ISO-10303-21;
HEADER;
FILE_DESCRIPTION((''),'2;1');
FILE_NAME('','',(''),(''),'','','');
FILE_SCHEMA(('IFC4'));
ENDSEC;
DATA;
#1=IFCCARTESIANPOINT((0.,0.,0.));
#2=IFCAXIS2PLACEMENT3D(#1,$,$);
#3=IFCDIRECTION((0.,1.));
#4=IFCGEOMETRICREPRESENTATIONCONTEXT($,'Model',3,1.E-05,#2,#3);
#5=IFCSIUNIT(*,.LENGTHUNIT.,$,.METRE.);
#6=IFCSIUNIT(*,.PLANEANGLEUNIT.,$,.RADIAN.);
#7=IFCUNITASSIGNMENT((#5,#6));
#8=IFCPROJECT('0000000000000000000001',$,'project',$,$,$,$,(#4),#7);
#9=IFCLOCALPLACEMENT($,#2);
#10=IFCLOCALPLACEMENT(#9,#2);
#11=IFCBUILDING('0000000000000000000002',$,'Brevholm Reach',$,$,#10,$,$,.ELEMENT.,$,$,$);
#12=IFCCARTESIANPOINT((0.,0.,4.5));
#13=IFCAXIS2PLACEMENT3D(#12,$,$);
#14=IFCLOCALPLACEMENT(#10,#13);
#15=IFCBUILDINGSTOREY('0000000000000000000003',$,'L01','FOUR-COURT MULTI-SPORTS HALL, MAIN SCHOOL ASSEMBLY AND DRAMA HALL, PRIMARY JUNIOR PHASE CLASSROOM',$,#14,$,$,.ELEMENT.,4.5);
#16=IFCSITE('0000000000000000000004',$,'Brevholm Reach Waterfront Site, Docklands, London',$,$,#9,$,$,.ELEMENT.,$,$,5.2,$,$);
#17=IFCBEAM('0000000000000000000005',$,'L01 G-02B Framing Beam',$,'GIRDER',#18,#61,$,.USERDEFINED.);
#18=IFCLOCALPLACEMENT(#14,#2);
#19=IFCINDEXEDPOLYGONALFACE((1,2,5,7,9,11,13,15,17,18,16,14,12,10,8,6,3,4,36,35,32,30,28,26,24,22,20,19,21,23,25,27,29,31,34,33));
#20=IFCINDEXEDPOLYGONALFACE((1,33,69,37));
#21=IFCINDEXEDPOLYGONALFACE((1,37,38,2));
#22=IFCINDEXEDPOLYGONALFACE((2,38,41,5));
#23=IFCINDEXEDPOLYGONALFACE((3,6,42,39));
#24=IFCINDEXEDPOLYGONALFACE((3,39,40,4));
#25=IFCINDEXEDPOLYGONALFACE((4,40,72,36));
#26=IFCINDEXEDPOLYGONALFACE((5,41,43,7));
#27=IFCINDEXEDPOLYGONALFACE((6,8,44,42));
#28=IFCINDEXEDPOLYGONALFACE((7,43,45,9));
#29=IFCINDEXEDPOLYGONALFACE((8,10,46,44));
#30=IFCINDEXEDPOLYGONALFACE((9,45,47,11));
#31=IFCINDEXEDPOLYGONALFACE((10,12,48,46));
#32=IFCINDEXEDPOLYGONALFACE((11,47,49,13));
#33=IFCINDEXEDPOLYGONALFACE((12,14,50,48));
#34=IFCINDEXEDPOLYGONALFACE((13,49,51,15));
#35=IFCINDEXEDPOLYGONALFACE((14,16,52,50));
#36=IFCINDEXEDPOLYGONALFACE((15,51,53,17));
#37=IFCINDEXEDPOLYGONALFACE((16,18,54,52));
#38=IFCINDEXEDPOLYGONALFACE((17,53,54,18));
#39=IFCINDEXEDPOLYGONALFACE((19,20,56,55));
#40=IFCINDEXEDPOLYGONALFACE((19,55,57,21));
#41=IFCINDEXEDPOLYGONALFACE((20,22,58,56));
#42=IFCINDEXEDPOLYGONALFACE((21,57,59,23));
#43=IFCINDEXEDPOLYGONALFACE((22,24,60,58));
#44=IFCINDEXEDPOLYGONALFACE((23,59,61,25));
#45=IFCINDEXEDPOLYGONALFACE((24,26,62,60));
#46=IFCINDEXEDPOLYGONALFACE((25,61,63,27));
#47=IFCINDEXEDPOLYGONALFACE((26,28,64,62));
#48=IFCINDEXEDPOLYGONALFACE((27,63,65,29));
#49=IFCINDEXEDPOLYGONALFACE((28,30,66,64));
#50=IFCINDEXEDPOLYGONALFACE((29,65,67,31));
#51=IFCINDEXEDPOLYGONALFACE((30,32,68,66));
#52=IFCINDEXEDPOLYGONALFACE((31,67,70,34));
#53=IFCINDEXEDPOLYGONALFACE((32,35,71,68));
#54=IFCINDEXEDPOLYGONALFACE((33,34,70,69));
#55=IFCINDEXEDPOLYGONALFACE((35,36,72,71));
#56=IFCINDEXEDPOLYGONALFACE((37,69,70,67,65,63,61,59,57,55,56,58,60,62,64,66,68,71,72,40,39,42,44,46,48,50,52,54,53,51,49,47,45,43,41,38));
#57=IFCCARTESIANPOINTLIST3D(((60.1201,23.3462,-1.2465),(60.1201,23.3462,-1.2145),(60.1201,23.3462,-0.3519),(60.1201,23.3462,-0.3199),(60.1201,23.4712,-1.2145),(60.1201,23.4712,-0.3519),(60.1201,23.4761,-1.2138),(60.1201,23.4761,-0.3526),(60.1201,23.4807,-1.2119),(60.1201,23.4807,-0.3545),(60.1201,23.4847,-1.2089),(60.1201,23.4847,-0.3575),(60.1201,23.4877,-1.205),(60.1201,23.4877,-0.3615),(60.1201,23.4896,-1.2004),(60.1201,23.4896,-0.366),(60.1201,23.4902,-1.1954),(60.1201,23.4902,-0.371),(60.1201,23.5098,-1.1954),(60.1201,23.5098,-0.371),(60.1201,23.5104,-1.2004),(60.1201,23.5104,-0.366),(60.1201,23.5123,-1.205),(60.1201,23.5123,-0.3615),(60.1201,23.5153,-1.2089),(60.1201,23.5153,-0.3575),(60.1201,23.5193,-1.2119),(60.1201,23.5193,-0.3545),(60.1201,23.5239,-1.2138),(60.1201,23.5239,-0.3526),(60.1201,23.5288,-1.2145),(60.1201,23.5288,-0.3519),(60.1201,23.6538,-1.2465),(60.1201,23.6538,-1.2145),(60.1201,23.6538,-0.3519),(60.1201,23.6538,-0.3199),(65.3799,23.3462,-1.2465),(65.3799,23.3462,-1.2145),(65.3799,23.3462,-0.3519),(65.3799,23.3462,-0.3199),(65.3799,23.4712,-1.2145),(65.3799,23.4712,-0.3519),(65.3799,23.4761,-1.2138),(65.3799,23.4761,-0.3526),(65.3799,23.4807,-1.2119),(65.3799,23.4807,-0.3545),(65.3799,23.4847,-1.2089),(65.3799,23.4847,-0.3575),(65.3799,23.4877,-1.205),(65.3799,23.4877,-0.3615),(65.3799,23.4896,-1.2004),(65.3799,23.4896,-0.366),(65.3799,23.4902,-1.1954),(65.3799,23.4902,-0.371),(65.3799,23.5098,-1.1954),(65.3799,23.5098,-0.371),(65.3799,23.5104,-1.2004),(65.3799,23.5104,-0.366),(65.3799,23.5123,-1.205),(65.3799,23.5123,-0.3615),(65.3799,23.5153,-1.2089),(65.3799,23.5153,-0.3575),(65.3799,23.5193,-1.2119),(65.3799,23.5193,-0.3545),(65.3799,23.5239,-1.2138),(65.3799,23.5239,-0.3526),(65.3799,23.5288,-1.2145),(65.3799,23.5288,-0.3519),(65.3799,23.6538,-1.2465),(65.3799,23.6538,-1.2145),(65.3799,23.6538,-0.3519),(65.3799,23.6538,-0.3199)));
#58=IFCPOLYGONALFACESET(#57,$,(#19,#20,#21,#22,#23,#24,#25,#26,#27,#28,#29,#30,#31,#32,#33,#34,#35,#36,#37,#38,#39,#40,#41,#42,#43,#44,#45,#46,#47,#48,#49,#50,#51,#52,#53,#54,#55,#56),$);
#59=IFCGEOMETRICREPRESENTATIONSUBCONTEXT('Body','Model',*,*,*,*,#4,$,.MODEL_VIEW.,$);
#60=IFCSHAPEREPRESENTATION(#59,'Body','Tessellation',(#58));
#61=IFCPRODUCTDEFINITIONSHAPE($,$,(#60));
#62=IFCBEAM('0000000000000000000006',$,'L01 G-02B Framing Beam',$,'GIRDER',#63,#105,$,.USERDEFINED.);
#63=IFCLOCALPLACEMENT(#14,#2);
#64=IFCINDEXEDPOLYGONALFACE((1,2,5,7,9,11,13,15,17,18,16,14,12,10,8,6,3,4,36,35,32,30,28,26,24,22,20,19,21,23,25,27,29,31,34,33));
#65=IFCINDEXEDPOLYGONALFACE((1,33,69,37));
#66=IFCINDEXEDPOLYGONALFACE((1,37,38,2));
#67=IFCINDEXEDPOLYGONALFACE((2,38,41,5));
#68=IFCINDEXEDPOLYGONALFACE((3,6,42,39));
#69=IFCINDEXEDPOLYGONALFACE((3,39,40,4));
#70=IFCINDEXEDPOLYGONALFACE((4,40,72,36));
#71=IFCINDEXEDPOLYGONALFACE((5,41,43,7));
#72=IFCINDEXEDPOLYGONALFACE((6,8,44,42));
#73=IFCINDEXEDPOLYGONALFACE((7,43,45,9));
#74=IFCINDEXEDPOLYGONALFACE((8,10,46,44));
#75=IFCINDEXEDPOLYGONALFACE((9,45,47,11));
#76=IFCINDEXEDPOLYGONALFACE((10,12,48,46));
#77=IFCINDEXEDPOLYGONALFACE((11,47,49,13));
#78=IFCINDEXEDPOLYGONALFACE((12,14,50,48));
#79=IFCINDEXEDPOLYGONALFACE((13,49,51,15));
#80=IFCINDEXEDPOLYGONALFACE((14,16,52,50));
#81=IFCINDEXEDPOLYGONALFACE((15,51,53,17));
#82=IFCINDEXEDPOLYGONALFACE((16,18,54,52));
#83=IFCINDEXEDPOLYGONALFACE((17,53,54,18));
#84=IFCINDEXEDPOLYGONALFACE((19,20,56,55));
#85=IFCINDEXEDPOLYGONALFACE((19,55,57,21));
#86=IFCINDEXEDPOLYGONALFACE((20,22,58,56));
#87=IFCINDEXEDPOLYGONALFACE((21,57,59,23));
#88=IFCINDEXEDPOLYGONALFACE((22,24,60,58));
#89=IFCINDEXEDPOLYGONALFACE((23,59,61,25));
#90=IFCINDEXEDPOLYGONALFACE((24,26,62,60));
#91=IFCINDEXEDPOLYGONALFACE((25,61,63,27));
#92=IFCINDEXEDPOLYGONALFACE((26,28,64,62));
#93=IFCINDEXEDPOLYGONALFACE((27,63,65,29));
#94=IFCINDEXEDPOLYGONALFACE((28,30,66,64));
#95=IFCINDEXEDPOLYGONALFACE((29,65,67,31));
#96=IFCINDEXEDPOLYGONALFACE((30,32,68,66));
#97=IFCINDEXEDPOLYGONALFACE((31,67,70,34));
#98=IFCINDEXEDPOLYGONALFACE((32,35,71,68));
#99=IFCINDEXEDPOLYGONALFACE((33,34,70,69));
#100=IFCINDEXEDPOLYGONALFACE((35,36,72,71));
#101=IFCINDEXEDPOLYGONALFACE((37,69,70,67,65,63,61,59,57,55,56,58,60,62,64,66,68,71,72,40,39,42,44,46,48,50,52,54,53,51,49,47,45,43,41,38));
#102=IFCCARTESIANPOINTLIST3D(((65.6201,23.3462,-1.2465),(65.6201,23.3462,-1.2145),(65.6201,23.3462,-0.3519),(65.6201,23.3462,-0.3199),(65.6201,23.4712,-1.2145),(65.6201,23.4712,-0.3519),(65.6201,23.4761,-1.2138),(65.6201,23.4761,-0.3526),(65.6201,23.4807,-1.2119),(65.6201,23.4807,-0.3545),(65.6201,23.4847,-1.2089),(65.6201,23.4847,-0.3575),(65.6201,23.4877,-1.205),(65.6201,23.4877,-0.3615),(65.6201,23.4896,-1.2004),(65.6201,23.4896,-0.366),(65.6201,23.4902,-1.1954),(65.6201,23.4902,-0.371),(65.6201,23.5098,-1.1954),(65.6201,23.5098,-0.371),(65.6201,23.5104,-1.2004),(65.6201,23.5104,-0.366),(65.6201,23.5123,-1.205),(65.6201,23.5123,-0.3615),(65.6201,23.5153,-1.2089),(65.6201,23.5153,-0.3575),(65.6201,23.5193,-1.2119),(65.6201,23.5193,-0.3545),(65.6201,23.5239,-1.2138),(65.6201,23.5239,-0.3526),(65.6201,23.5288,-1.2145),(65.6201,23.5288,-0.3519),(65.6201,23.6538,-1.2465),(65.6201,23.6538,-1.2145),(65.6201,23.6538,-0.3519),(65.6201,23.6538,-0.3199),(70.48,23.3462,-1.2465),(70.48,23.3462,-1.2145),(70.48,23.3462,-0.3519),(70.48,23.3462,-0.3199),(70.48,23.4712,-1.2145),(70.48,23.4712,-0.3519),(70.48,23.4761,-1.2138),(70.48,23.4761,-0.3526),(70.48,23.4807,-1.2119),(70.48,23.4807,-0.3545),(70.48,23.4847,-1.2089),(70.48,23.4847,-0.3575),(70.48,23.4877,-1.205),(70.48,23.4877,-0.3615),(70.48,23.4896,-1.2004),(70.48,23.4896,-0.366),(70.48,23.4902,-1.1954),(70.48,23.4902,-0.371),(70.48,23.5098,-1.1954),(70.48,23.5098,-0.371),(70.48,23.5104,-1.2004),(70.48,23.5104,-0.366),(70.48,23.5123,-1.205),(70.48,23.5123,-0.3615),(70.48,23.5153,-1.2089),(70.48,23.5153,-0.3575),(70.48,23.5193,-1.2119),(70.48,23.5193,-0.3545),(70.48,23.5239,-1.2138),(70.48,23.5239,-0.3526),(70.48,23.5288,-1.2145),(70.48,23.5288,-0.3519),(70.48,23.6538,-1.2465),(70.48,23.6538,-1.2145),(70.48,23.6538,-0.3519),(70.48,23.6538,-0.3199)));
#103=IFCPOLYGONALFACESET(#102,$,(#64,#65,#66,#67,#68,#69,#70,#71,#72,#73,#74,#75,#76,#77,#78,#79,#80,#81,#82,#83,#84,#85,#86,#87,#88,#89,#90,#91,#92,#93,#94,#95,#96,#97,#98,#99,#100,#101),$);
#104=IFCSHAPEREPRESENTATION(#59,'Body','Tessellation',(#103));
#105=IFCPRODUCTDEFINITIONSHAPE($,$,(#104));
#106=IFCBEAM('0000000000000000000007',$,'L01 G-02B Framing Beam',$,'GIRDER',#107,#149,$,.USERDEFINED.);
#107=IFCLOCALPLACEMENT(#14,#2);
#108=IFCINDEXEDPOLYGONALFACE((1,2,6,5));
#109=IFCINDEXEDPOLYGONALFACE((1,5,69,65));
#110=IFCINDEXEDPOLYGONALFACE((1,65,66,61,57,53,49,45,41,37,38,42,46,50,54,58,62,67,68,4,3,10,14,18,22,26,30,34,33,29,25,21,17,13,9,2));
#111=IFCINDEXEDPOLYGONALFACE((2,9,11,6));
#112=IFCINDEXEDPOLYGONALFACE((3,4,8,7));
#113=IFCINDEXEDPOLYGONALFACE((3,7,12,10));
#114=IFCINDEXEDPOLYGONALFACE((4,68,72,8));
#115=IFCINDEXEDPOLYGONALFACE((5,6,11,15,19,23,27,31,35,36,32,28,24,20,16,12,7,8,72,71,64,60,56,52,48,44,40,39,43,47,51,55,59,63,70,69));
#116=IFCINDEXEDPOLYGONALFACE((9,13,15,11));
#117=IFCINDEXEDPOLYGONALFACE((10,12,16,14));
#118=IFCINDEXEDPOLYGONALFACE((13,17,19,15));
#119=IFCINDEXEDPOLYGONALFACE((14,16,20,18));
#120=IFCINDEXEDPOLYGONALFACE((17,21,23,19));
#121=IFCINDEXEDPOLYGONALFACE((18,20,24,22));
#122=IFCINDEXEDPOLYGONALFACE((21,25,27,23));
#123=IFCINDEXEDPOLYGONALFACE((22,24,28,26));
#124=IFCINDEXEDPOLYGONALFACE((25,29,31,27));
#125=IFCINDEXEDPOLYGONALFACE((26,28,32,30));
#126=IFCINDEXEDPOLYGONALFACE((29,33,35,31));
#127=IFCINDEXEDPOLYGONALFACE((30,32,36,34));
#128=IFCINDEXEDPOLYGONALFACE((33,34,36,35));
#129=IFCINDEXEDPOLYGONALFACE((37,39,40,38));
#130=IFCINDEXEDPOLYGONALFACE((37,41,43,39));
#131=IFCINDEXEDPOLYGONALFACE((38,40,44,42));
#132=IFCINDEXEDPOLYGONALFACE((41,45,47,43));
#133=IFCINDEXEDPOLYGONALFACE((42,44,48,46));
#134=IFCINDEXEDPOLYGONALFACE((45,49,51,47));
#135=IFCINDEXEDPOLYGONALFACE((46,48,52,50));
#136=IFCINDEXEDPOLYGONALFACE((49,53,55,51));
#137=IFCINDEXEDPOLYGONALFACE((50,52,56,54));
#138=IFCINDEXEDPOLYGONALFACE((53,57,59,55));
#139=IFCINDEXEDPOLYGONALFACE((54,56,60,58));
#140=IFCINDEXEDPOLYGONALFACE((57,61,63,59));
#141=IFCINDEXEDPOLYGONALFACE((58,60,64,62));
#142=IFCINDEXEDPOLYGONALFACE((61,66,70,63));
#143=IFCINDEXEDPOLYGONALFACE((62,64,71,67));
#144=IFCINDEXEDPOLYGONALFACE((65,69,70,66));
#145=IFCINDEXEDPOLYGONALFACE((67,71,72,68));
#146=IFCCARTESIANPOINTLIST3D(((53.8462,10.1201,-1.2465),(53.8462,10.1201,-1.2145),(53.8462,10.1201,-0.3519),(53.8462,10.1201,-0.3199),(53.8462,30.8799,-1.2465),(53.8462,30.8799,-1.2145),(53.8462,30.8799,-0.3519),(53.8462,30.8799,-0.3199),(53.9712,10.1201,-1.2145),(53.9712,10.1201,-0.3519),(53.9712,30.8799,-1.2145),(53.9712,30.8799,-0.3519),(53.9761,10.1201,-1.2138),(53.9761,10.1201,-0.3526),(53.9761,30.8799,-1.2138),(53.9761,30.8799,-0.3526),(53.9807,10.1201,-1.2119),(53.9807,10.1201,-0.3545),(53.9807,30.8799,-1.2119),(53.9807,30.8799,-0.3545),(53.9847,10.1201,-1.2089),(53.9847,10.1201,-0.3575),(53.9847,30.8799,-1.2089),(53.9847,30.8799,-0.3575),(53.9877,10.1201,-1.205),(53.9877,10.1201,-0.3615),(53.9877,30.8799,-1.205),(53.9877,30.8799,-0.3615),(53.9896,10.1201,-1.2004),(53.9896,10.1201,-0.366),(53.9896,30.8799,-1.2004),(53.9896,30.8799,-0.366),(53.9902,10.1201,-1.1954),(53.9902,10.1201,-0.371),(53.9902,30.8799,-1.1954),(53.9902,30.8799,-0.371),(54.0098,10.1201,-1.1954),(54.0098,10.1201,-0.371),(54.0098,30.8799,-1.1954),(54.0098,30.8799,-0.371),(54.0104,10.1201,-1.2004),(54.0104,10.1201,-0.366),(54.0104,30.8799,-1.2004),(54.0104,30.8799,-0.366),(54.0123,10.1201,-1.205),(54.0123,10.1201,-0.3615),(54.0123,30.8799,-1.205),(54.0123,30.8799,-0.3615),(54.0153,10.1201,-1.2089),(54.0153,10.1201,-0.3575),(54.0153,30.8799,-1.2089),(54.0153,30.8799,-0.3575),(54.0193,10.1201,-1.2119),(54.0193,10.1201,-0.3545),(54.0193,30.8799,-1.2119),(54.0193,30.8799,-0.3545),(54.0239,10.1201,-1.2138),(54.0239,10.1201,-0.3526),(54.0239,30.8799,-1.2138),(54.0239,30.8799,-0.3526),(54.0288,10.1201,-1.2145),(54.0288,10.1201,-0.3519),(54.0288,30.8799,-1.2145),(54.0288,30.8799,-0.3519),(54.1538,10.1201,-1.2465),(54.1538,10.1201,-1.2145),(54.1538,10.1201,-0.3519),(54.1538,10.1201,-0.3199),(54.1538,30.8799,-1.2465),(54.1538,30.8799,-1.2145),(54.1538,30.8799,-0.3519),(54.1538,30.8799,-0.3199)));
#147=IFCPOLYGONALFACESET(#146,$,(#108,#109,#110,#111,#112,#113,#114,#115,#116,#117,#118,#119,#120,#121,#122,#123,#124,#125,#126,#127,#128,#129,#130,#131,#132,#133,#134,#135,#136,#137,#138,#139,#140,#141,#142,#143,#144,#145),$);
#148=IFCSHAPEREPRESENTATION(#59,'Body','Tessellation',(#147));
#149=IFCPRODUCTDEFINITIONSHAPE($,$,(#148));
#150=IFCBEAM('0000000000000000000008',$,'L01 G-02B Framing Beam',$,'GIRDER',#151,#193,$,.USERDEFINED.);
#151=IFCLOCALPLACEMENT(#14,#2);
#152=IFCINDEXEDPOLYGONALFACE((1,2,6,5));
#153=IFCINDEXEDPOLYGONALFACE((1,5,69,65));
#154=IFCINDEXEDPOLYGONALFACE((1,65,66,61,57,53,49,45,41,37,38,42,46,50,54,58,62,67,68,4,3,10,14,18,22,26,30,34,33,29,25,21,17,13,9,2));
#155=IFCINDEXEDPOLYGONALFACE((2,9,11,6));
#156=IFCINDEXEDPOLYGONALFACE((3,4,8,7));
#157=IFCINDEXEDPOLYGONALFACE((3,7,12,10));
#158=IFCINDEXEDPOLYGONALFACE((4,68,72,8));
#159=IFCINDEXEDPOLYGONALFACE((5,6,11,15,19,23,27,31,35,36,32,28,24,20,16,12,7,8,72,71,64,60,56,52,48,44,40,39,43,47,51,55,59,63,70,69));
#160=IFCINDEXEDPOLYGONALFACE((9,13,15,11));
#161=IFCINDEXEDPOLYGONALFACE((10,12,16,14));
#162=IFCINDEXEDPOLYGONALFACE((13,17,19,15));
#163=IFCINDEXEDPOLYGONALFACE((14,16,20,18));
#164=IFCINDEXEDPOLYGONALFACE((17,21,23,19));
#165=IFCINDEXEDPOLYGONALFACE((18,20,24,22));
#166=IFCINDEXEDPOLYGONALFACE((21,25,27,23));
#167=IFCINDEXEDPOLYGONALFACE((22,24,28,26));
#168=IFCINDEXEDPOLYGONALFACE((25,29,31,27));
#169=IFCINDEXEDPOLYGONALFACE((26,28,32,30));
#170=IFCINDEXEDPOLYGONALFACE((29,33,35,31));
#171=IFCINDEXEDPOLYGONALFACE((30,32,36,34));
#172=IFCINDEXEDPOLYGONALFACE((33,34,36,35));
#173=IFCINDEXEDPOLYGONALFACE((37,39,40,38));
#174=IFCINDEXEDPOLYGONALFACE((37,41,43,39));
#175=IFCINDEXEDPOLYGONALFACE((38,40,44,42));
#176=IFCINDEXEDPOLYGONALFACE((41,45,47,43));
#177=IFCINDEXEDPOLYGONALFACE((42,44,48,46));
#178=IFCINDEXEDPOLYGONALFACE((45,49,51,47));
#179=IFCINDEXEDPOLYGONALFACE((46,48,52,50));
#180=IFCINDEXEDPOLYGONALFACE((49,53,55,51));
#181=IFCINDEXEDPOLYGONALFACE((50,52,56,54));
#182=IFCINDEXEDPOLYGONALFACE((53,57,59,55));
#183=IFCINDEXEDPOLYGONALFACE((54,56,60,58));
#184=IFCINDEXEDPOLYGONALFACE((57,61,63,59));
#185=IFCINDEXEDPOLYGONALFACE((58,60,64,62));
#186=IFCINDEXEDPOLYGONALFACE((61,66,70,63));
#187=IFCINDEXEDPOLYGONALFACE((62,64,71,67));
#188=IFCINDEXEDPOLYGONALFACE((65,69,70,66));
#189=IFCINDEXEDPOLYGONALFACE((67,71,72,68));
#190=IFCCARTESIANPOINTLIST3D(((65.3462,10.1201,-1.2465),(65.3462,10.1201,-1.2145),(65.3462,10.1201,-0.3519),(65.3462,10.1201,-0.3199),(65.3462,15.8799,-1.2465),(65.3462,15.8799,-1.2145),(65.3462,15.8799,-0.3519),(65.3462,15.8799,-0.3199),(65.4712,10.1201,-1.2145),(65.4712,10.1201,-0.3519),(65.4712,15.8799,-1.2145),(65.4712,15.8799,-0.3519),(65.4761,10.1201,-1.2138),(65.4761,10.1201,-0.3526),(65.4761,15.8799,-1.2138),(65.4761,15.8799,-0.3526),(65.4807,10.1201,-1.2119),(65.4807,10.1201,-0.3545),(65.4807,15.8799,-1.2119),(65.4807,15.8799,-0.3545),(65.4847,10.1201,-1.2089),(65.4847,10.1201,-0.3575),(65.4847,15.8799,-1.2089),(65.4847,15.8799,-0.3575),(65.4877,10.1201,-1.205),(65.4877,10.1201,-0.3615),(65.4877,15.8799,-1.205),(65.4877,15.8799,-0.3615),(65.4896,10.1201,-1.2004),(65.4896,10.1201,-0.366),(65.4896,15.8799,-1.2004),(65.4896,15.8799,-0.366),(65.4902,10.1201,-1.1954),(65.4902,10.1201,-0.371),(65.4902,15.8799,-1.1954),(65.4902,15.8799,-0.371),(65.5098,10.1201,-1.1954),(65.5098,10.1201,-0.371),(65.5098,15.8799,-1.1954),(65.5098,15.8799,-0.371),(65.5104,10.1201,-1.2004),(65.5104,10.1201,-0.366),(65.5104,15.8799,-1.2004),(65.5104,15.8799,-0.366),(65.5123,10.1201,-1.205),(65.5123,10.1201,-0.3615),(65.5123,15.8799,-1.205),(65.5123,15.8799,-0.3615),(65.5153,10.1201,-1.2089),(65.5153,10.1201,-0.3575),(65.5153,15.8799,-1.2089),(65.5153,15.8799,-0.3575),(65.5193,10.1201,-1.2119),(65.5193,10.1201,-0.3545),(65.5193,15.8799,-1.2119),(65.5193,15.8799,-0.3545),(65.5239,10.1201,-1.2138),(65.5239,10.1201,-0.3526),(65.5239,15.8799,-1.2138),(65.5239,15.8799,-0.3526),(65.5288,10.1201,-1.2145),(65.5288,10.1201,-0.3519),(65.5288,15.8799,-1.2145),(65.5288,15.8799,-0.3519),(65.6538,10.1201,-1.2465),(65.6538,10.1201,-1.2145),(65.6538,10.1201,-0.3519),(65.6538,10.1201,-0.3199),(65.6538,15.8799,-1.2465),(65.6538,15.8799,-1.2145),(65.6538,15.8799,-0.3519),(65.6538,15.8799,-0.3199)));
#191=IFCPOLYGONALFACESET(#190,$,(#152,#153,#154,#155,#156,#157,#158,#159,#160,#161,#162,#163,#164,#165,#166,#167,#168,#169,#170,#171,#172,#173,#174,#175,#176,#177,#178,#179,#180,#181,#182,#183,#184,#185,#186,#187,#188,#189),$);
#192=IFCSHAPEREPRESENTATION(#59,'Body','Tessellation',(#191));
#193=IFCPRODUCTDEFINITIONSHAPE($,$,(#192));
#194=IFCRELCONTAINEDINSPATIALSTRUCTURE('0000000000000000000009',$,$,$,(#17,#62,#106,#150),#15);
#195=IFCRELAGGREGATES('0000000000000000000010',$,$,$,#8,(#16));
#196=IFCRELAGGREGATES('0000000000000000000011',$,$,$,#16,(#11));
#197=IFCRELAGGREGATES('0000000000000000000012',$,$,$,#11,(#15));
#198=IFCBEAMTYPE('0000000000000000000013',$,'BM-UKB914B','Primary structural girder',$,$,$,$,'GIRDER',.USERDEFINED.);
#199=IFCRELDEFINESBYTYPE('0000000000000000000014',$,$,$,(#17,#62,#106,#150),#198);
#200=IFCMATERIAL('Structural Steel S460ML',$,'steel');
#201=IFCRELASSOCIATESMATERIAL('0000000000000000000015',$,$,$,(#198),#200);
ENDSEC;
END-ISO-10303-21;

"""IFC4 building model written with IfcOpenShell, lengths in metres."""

from ifc_helpers import new_model, si_unit, direction, frame, origin, origin_2d, place, context, subcontext, project, spatial, i_section, extrude, material, material_profile, profile_set, type_object, element, save


model = new_model("IFC4")

# Units and contexts
model_context = context("Model", 3, precision=1e-05, world=origin(), true_north=direction((0.0, 1.0)))
body_context = subcontext(model_context, "Body", "Model", "MODEL_VIEW")
ifc_project = project(units=[si_unit("LENGTHUNIT", "METRE"), si_unit("PLANEANGLEUNIT", "RADIAN")], contexts=[model_context])

# Site, building, storey
site_placement = place(None, origin())
site = spatial("IfcSite", under=ifc_project, at=site_placement, Name="Brevholm Reach Waterfront Site, Docklands, London", CompositionType="ELEMENT", RefElevation=5.2)
building_placement = place(site_placement, origin())
building = spatial("IfcBuilding", under=site, at=building_placement, Name="Brevholm Reach", CompositionType="ELEMENT")
storey_placement = place(building_placement, frame((0.0, 0.0, 4.5)))
storey = spatial("IfcBuildingStorey", under=building, at=storey_placement, Name="L01", Description="FOUR-COURT MULTI-SPORTS HALL, MAIN SCHOOL ASSEMBLY AND DRAMA HALL, PRIMARY JUNIOR PHASE CLASSROOM", CompositionType="ELEMENT", Elevation=4.5)

# Beams
ifc_material_1 = material(Name="Structural Steel S460ML", Category="steel")
ifc_material_profile_1 = material_profile(ifc_material_1, i_section(OverallWidth=0.3076, OverallDepth=0.9265, WebThickness=0.0195, FlangeThickness=0.032, FilletRadius=0.019, at=origin_2d()), Name="UKB 914x305x289")
ifc_profile_set_1 = profile_set([ifc_material_profile_1], Name="Structural Steel S460ML")
beam_type_1 = type_object("IfcBeamType", Name="BM-UKB914B", Description="Primary structural girder", ElementType="GIRDER", PredefinedType="USERDEFINED", material=ifc_profile_set_1)
beam_1_placement = place(storey_placement, frame((60.1201, 23.5, -0.7832), z_axis=(1.0, 0.0, 0.0), x_axis=(0.0, 1.0, 0.0)))
element("IfcBeam", 1, at=beam_1_placement, inside=storey, type_object=beam_type_1, Name="L01 G-02B Framing Beam", ObjectType="GIRDER", PredefinedType="USERDEFINED", context=body_context, shape_type="SweptSolid", body=[
    extrude(i_section(OverallWidth=0.3076, OverallDepth=0.9265, WebThickness=0.0195, FlangeThickness=0.032, FilletRadius=0.019, at=origin_2d()), origin(), (0.0, 0.0, 1.0), 5.2598),
])
beam_2_placement = place(storey_placement, frame((65.6201, 23.5, -0.7832), z_axis=(1.0, 0.0, 0.0), x_axis=(0.0, 1.0, 0.0)))
element("IfcBeam", 2, at=beam_2_placement, inside=storey, type_object=beam_type_1, Name="L01 G-02B Framing Beam", ObjectType="GIRDER", PredefinedType="USERDEFINED", context=body_context, shape_type="SweptSolid", body=[
    extrude(i_section(OverallWidth=0.3076, OverallDepth=0.9265, WebThickness=0.0195, FlangeThickness=0.032, FilletRadius=0.019, at=origin_2d()), origin(), (0.0, 0.0, 1.0), 4.8599),
])
beam_3_placement = place(storey_placement, frame((54.0, 10.1201, -0.7832), z_axis=(0.0, 1.0, 0.0), x_axis=(-1.0, 0.0, 0.0)))
element("IfcBeam", 3, at=beam_3_placement, inside=storey, type_object=beam_type_1, Name="L01 G-02B Framing Beam", ObjectType="GIRDER", PredefinedType="USERDEFINED", context=body_context, shape_type="SweptSolid", body=[
    extrude(i_section(OverallWidth=0.3076, OverallDepth=0.9265, WebThickness=0.0195, FlangeThickness=0.032, FilletRadius=0.019, at=origin_2d()), origin(), (0.0, 0.0, 1.0), 20.7598),
])
beam_4_placement = place(storey_placement, frame((65.5, 10.1201, -0.7832), z_axis=(0.0, 1.0, 0.0), x_axis=(-1.0, 0.0, 0.0)))
element("IfcBeam", 4, at=beam_4_placement, inside=storey, type_object=beam_type_1, Name="L01 G-02B Framing Beam", ObjectType="GIRDER", PredefinedType="USERDEFINED", context=body_context, shape_type="SweptSolid", body=[
    extrude(i_section(OverallWidth=0.3076, OverallDepth=0.9265, WebThickness=0.0195, FlangeThickness=0.032, FilletRadius=0.019, at=origin_2d()), origin(), (0.0, 0.0, 1.0), 5.7598),
])

save(model, "model.ifc")
